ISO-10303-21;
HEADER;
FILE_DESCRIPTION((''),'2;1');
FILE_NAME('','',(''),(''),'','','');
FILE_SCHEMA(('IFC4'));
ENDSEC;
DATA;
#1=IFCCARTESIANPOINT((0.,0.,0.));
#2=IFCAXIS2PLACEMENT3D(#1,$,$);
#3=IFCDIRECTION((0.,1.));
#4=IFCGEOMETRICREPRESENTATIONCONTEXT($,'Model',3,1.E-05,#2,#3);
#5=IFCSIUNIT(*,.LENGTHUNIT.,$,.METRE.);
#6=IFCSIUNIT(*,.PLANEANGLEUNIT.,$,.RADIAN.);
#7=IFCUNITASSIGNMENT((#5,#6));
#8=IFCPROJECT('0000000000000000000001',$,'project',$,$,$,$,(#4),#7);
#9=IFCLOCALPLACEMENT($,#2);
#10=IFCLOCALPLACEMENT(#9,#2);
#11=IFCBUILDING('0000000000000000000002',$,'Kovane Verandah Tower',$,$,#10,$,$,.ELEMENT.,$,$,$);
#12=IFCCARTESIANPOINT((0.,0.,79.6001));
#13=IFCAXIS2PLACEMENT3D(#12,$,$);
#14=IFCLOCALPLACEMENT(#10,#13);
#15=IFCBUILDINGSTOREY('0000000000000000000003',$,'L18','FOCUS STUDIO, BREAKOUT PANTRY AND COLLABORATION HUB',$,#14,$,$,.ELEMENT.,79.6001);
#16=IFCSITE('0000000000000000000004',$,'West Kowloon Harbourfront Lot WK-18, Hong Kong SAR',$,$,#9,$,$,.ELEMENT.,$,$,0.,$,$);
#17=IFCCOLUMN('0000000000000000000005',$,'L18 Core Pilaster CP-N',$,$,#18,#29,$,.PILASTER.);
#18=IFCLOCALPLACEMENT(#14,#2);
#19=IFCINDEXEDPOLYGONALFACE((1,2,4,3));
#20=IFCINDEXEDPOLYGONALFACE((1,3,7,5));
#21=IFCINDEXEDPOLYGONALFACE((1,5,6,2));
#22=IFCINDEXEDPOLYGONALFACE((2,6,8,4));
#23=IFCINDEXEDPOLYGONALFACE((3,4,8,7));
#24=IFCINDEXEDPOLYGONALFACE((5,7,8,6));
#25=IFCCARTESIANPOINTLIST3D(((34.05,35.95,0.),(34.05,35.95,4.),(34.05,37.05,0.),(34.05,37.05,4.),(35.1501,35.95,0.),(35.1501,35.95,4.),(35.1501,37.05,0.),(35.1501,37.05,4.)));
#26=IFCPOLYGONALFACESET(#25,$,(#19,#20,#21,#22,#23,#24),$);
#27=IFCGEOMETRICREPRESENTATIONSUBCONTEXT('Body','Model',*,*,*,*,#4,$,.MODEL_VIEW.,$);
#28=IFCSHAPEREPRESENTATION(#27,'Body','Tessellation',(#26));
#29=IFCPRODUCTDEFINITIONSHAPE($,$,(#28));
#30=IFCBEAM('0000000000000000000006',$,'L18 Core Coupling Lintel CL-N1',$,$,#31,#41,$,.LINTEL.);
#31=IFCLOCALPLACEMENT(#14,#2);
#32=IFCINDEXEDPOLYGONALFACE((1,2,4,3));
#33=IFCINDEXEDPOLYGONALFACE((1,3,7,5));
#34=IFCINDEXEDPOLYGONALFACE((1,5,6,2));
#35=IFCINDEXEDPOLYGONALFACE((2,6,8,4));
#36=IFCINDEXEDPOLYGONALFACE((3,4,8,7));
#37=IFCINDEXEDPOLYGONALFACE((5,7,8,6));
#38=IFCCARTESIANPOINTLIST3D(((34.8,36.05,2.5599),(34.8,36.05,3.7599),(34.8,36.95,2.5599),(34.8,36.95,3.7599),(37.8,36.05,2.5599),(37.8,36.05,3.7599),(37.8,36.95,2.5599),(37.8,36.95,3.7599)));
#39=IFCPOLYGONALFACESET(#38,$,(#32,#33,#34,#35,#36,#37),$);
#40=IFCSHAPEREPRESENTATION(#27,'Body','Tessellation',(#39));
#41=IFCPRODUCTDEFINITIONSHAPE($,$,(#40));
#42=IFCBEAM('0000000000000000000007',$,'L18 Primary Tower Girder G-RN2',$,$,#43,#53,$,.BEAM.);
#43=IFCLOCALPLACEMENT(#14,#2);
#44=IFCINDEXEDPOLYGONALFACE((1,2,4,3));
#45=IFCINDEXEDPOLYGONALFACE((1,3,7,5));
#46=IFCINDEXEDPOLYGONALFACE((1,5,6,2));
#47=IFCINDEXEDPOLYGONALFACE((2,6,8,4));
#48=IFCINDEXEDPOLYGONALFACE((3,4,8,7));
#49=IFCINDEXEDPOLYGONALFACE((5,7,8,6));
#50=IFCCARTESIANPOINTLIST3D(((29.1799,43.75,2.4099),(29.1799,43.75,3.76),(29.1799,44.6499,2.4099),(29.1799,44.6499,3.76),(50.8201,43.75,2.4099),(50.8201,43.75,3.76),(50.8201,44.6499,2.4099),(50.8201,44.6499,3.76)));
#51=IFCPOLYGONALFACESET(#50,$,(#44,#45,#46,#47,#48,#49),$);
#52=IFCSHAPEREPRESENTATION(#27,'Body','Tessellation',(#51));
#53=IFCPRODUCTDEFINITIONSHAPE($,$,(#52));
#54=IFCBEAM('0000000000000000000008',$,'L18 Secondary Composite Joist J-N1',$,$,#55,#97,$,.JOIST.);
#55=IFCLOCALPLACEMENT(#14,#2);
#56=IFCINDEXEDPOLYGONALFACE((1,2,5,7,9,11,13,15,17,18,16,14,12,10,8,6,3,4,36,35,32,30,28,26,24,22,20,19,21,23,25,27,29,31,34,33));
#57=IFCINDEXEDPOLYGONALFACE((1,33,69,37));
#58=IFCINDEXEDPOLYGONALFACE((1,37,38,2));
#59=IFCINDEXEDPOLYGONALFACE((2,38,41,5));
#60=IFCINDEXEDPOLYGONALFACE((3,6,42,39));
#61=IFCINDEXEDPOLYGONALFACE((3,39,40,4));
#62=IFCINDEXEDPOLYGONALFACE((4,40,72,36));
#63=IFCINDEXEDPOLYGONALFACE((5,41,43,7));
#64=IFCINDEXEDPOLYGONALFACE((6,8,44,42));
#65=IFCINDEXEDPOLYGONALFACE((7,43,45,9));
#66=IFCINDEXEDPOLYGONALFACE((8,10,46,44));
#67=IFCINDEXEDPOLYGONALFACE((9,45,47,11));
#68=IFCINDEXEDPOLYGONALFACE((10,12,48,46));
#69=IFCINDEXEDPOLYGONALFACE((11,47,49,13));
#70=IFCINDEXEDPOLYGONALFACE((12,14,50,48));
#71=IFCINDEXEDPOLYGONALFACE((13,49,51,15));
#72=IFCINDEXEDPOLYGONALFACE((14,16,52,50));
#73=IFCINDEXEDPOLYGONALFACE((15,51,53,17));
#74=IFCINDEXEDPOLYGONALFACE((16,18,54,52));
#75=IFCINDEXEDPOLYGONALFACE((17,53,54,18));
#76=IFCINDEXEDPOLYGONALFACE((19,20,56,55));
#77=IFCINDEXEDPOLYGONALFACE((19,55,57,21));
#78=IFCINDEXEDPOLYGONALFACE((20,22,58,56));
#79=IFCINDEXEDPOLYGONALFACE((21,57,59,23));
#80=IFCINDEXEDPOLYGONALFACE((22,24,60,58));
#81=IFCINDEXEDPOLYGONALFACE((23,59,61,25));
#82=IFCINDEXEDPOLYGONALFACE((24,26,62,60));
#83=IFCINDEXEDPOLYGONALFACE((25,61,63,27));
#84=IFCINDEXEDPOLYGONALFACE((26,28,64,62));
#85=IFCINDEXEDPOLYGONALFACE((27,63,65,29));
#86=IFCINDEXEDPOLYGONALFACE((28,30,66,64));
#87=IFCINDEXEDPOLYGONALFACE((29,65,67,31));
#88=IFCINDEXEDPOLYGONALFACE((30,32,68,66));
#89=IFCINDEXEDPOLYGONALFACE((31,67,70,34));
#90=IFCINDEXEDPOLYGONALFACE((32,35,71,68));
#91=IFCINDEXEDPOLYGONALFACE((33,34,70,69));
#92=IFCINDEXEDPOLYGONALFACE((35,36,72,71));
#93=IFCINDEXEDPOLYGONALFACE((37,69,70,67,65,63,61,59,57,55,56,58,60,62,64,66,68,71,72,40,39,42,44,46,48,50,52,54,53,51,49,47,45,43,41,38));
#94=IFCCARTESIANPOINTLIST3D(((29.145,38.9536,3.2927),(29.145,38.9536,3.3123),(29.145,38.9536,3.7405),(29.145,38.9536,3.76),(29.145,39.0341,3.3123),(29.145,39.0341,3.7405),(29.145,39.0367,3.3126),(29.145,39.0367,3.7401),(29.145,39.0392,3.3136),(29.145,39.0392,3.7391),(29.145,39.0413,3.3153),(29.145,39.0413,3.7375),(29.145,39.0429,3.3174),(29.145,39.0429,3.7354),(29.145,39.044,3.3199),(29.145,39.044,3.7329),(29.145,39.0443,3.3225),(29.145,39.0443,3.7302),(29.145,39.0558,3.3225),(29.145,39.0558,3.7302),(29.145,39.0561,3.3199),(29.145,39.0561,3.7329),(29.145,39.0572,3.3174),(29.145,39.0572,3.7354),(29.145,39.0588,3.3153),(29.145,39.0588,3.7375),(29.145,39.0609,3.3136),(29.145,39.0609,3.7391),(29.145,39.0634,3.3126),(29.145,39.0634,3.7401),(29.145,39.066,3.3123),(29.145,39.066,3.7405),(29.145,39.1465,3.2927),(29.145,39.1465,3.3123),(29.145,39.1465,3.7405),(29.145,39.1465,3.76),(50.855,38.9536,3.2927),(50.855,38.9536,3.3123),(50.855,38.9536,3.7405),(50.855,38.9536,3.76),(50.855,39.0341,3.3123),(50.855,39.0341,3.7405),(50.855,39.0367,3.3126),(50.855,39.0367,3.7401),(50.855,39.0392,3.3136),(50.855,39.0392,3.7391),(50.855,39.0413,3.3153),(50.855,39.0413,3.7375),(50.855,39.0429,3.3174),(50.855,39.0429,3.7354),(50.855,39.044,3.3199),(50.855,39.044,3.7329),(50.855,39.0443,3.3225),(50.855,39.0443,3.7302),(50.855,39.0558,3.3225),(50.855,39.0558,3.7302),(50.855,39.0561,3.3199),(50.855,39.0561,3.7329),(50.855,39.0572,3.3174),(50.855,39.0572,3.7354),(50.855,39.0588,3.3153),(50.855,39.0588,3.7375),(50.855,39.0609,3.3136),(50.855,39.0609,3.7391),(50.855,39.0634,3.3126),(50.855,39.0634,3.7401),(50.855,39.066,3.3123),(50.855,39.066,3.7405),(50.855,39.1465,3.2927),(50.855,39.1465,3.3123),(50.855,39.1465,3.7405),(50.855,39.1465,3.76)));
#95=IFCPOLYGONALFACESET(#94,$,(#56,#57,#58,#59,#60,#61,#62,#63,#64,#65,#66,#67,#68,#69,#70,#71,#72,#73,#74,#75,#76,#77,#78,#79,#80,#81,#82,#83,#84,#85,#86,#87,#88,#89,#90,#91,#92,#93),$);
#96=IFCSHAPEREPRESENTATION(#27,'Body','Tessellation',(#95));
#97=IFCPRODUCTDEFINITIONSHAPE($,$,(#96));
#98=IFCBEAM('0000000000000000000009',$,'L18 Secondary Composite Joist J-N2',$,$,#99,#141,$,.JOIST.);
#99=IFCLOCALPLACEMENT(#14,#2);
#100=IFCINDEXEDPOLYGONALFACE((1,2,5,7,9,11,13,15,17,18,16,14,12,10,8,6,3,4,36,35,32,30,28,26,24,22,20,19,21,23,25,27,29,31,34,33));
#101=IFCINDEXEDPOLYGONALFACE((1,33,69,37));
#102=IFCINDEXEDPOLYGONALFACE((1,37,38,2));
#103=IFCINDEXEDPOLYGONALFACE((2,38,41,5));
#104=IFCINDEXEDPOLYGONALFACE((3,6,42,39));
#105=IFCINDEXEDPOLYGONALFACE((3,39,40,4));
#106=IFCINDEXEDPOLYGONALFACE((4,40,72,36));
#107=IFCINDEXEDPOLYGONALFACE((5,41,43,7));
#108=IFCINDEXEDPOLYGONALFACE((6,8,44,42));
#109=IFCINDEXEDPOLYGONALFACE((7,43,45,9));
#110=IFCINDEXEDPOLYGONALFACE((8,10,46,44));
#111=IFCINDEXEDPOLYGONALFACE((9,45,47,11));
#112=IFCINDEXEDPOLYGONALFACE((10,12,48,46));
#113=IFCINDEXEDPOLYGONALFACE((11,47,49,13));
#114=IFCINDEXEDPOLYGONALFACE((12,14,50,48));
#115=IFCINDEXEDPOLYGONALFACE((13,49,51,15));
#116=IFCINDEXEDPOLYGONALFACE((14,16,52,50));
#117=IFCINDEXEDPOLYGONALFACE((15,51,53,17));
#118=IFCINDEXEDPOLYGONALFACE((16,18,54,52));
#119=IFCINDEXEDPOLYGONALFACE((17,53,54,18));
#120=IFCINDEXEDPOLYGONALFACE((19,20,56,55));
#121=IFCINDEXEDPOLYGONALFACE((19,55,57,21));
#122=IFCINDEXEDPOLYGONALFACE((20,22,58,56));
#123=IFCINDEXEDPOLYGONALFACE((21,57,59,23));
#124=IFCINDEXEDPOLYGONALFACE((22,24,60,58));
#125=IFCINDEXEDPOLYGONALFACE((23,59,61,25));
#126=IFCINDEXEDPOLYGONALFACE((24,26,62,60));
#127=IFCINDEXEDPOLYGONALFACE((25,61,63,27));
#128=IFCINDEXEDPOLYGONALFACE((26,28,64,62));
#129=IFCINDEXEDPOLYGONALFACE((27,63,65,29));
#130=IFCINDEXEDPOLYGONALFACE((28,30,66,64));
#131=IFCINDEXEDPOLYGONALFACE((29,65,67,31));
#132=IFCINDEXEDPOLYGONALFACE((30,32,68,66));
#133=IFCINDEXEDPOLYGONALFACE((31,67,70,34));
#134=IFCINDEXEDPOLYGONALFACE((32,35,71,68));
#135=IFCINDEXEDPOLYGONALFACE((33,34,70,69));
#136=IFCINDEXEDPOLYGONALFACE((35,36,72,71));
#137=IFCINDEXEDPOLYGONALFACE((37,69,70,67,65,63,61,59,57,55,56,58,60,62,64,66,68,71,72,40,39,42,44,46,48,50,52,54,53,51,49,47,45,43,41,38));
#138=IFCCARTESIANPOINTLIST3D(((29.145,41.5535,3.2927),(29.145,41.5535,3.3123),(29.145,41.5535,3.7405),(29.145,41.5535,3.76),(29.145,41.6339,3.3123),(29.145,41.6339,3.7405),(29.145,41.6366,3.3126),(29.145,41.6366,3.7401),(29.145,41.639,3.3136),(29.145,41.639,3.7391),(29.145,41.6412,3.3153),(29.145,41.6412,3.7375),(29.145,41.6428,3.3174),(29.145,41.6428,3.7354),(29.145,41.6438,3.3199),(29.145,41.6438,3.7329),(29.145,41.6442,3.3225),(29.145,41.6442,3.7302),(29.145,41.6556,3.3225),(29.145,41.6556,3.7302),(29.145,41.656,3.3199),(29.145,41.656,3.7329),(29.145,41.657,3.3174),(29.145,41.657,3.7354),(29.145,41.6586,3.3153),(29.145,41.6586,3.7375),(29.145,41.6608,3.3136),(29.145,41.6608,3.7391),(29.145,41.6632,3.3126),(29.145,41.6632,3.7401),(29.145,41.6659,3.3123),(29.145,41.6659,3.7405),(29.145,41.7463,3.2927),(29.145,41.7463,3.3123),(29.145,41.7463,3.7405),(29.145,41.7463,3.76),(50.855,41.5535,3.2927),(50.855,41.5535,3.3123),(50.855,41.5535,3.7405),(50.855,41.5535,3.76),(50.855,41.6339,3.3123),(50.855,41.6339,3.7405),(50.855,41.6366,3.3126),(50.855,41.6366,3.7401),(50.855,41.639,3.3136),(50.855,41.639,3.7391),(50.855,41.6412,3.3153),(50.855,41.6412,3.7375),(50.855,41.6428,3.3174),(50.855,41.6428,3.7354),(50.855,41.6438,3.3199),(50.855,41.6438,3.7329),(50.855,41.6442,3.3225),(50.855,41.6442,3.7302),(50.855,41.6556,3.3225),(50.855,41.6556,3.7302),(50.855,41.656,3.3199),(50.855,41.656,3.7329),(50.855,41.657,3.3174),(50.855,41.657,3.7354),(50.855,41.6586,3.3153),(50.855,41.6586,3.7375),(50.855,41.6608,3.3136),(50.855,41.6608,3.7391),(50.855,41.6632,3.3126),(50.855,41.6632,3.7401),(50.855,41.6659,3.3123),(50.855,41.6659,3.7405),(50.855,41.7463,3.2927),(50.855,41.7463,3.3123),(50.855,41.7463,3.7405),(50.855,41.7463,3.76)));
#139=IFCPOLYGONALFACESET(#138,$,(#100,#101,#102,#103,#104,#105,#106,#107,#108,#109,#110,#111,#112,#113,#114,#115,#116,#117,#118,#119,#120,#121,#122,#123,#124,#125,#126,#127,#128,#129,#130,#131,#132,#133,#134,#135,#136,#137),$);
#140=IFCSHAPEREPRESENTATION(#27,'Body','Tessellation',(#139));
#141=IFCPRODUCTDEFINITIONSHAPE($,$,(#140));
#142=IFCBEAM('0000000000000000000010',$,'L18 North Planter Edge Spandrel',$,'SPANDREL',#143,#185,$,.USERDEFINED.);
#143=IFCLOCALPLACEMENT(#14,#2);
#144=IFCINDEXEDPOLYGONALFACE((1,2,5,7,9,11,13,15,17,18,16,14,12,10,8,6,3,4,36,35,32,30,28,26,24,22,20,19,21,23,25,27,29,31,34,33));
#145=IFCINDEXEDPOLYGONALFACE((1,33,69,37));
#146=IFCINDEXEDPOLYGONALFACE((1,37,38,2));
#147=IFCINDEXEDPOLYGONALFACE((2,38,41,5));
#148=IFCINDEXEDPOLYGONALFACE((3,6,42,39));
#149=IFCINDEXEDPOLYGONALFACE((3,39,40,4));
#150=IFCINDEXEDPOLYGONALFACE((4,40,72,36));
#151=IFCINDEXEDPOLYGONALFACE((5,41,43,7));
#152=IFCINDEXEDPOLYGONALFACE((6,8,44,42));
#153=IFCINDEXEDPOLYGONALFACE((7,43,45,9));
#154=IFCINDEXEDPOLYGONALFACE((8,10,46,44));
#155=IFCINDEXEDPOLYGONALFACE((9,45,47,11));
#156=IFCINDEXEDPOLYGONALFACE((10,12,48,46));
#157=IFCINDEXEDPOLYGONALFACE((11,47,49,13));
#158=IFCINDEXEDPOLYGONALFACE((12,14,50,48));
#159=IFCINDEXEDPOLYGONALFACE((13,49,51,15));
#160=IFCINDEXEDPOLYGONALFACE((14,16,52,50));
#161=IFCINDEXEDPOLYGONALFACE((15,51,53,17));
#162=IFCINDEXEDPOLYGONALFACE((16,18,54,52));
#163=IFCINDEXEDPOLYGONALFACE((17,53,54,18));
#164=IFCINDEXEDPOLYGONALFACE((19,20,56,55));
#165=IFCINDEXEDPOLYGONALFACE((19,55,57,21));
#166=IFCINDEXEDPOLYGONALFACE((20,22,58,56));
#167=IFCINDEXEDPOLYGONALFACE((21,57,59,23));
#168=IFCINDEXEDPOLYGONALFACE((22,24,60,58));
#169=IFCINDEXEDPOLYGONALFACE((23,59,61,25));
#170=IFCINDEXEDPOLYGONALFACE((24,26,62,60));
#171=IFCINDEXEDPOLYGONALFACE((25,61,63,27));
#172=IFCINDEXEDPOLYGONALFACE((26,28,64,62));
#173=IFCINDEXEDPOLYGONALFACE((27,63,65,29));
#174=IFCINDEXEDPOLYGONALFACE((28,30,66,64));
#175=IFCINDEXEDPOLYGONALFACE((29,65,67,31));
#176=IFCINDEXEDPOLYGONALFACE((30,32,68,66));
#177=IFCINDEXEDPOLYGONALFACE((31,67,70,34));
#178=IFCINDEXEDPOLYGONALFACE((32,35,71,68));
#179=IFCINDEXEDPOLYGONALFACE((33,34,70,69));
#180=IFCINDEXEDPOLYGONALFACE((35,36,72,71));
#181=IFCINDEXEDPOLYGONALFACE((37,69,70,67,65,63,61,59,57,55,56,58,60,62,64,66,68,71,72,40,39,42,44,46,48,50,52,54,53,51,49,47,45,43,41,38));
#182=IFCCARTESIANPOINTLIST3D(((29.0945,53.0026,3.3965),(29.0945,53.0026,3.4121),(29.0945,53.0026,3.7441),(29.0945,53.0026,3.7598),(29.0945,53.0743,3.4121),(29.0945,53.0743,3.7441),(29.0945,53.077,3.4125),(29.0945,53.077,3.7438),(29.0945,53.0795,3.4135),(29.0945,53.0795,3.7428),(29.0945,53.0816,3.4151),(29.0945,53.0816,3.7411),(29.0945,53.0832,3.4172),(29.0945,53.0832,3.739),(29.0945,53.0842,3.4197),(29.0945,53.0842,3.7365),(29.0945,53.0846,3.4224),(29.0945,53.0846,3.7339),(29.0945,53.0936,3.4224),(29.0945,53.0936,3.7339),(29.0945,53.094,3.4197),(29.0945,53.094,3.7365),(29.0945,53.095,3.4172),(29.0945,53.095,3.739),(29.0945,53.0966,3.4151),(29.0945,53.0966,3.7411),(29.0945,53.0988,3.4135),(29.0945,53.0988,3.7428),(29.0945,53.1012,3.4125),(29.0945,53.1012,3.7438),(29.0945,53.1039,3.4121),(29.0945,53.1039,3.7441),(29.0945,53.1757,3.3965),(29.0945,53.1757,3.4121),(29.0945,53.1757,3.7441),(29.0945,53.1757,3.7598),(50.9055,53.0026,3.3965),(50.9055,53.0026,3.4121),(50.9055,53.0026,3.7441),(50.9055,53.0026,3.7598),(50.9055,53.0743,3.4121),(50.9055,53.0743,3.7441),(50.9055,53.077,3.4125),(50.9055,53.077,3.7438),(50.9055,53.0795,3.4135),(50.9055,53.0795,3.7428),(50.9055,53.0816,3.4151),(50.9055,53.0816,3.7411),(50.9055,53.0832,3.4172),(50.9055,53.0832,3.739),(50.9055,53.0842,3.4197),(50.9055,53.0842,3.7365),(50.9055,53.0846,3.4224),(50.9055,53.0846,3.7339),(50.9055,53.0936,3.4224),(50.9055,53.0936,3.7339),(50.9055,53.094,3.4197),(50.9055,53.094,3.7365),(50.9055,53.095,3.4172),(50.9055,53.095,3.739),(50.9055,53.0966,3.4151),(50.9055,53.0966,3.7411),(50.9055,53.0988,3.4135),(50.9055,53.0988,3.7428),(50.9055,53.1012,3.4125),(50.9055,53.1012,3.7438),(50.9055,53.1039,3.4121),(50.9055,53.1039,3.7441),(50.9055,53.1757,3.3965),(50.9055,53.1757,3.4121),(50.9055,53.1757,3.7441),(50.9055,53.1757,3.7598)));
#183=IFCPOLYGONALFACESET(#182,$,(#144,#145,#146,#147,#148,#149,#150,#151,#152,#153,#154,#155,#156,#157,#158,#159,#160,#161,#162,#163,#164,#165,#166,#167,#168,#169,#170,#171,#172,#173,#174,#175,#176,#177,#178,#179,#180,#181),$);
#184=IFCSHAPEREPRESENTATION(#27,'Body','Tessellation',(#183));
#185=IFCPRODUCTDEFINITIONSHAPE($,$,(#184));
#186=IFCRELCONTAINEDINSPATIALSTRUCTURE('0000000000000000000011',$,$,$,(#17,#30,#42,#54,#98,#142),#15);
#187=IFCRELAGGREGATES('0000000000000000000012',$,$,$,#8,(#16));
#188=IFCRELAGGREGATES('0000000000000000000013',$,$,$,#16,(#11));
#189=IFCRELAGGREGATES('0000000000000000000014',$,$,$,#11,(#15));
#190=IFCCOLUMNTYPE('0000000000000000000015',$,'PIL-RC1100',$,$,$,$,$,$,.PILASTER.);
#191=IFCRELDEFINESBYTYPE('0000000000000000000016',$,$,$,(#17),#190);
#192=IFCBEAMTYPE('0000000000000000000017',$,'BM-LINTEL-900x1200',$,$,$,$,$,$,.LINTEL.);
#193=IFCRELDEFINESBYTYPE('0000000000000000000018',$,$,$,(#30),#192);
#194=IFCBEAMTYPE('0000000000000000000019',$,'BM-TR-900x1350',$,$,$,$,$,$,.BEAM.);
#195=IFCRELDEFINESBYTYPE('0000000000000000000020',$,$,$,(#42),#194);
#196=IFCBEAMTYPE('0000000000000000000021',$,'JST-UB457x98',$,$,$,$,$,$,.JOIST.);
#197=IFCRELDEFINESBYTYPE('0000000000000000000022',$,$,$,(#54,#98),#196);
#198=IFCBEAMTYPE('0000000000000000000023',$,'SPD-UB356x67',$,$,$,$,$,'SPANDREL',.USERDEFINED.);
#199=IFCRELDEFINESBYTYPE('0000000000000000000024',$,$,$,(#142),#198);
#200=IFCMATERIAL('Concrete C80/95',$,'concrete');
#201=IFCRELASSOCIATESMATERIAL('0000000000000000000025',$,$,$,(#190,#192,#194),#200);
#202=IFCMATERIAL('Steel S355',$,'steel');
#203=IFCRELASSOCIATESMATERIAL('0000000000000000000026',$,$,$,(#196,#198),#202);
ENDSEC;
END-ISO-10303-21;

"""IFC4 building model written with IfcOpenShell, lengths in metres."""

from ifc_helpers import new_model, si_unit, direction, frame, origin, origin_2d, place, context, subcontext, project, spatial, rectangle, i_section, extrude, material, material_profile, profile_set, type_object, element, save


model = new_model("IFC4")

# Units and contexts
model_context = context("Model", 3, precision=1e-05, world=origin(), true_north=direction((0.0, 1.0)))
body_context = subcontext(model_context, "Body", "Model", "MODEL_VIEW")
ifc_project = project(units=[si_unit("LENGTHUNIT", "METRE"), si_unit("PLANEANGLEUNIT", "RADIAN")], contexts=[model_context])

# Site, building, storey
site_placement = place(None, origin())
site = spatial("IfcSite", under=ifc_project, at=site_placement, Name="West Kowloon Harbourfront Lot WK-18, Hong Kong SAR", CompositionType="ELEMENT", RefElevation=0.0)
building_placement = place(site_placement, origin())
building = spatial("IfcBuilding", under=site, at=building_placement, Name="Kovane Verandah Tower", CompositionType="ELEMENT")
storey_placement = place(building_placement, frame((0.0, 0.0, 79.6001)))
storey = spatial("IfcBuildingStorey", under=building, at=storey_placement, Name="L18", Description="FOCUS STUDIO, BREAKOUT PANTRY AND COLLABORATION HUB", CompositionType="ELEMENT", Elevation=79.6001)

# Column
ifc_material_1 = material(Name="Concrete C80/95", Category="concrete")
ifc_material_profile_1 = material_profile(ifc_material_1, rectangle(XDim=1.1001, YDim=1.1001, at=origin_2d()), Name="RC1100x1100")
ifc_profile_set_1 = profile_set([ifc_material_profile_1], Name="Concrete C80/95")
column_type = type_object("IfcColumnType", Name="PIL-RC1100", PredefinedType="PILASTER", material=ifc_profile_set_1)
column_placement = place(storey_placement, frame((34.6001, 36.5, 0.0), z_axis=(0.0, 0.0, 1.0), x_axis=(1.0, 0.0, 0.0)))
element("IfcColumn", 1, at=column_placement, inside=storey, type_object=column_type, Name="L18 Core Pilaster CP-N", PredefinedType="PILASTER", context=body_context, shape_type="SweptSolid", body=[
    extrude(rectangle(XDim=1.1001, YDim=1.1001, at=origin_2d()), origin(), (0.0, 0.0, 1.0), 4.0),
])

# Beams
ifc_material_profile_2 = material_profile(ifc_material_1, rectangle(XDim=0.8999, YDim=1.2, at=origin_2d()), Name="RCB900x1200")
ifc_profile_set_2 = profile_set([ifc_material_profile_2], Name="Concrete C80/95")
beam_type_1 = type_object("IfcBeamType", Name="BM-LINTEL-900x1200", PredefinedType="LINTEL", material=ifc_profile_set_2)
beam_1_placement = place(storey_placement, frame((34.8, 36.5, 3.1599), z_axis=(1.0, 0.0, 0.0), x_axis=(0.0, 1.0, 0.0)))
element("IfcBeam", 2, at=beam_1_placement, inside=storey, type_object=beam_type_1, Name="L18 Core Coupling Lintel CL-N1", PredefinedType="LINTEL", context=body_context, shape_type="SweptSolid", body=[
    extrude(rectangle(XDim=0.8999, YDim=1.2, at=origin_2d()), origin(), (0.0, 0.0, 1.0), 3.0),
])
ifc_material_profile_3 = material_profile(ifc_material_1, rectangle(XDim=0.8999, YDim=1.3501, at=origin_2d()), Name="RCB900x1350")
ifc_profile_set_3 = profile_set([ifc_material_profile_3], Name="Concrete C80/95")
beam_type_2 = type_object("IfcBeamType", Name="BM-TR-900x1350", PredefinedType="BEAM", material=ifc_profile_set_3)
beam_2_placement = place(storey_placement, frame((29.1799, 44.2, 3.085), z_axis=(1.0, 0.0, 0.0), x_axis=(0.0, 1.0, 0.0)))
element("IfcBeam", 3, at=beam_2_placement, inside=storey, type_object=beam_type_2, Name="L18 Primary Tower Girder G-RN2", PredefinedType="BEAM", context=body_context, shape_type="SweptSolid", body=[
    extrude(rectangle(XDim=0.8999, YDim=1.3501, at=origin_2d()), origin(), (0.0, 0.0, 1.0), 21.6401),
])
ifc_material_2 = material(Name="Steel S355", Category="steel")
ifc_material_profile_4 = material_profile(ifc_material_2, i_section(OverallWidth=0.1929, OverallDepth=0.4673, WebThickness=0.0115, FlangeThickness=0.0195, FilletRadius=0.0103, at=origin_2d()), Name="UB457x191x98")
ifc_profile_set_4 = profile_set([ifc_material_profile_4], Name="Steel S355")
beam_type_3 = type_object("IfcBeamType", Name="JST-UB457x98", PredefinedType="JOIST", material=ifc_profile_set_4)
for number, where, z_axis, x_axis, name in (
    (4, (29.145, 39.05, 3.5264), (1.0, 0.0, 0.0), (0.0, 1.0, 0.0), "L18 Secondary Composite Joist J-N1"),
    (5, (29.145, 41.6499, 3.5264), (1.0, 0.0, 0.0), (0.0, 1.0, 0.0), "L18 Secondary Composite Joist J-N2"),
):
    element("IfcBeam", number, at=place(storey_placement, frame(where, z_axis=z_axis, x_axis=x_axis)), inside=storey, type_object=beam_type_3, Name=name, PredefinedType="JOIST", context=body_context, shape_type="SweptSolid", body=[
        extrude(i_section(OverallWidth=0.1929, OverallDepth=0.4673, WebThickness=0.0115, FlangeThickness=0.0195, FilletRadius=0.0103, at=origin_2d()), origin(), (0.0, 0.0, 1.0), 21.71),
    ])
ifc_material_profile_5 = material_profile(ifc_material_2, i_section(OverallWidth=0.1731, OverallDepth=0.3633, WebThickness=0.009, FlangeThickness=0.0156, FilletRadius=0.0103, at=origin_2d()), Name="UB356x171x67")
ifc_profile_set_5 = profile_set([ifc_material_profile_5], Name="Steel S355")
beam_type_4 = type_object("IfcBeamType", Name="SPD-UB356x67", ElementType="SPANDREL", PredefinedType="USERDEFINED", material=ifc_profile_set_5)
beam_3_placement = place(storey_placement, frame((29.0945, 53.0891, 3.5781), z_axis=(1.0, 0.0, 0.0), x_axis=(0.0, 1.0, 0.0)))
element("IfcBeam", 6, at=beam_3_placement, inside=storey, type_object=beam_type_4, Name="L18 North Planter Edge Spandrel", ObjectType="SPANDREL", PredefinedType="USERDEFINED", context=body_context, shape_type="SweptSolid", body=[
    extrude(i_section(OverallWidth=0.1731, OverallDepth=0.3633, WebThickness=0.009, FlangeThickness=0.0156, FilletRadius=0.0103, at=origin_2d()), origin(), (0.0, 0.0, 1.0), 21.811),
])

save(model, "model.ifc")
